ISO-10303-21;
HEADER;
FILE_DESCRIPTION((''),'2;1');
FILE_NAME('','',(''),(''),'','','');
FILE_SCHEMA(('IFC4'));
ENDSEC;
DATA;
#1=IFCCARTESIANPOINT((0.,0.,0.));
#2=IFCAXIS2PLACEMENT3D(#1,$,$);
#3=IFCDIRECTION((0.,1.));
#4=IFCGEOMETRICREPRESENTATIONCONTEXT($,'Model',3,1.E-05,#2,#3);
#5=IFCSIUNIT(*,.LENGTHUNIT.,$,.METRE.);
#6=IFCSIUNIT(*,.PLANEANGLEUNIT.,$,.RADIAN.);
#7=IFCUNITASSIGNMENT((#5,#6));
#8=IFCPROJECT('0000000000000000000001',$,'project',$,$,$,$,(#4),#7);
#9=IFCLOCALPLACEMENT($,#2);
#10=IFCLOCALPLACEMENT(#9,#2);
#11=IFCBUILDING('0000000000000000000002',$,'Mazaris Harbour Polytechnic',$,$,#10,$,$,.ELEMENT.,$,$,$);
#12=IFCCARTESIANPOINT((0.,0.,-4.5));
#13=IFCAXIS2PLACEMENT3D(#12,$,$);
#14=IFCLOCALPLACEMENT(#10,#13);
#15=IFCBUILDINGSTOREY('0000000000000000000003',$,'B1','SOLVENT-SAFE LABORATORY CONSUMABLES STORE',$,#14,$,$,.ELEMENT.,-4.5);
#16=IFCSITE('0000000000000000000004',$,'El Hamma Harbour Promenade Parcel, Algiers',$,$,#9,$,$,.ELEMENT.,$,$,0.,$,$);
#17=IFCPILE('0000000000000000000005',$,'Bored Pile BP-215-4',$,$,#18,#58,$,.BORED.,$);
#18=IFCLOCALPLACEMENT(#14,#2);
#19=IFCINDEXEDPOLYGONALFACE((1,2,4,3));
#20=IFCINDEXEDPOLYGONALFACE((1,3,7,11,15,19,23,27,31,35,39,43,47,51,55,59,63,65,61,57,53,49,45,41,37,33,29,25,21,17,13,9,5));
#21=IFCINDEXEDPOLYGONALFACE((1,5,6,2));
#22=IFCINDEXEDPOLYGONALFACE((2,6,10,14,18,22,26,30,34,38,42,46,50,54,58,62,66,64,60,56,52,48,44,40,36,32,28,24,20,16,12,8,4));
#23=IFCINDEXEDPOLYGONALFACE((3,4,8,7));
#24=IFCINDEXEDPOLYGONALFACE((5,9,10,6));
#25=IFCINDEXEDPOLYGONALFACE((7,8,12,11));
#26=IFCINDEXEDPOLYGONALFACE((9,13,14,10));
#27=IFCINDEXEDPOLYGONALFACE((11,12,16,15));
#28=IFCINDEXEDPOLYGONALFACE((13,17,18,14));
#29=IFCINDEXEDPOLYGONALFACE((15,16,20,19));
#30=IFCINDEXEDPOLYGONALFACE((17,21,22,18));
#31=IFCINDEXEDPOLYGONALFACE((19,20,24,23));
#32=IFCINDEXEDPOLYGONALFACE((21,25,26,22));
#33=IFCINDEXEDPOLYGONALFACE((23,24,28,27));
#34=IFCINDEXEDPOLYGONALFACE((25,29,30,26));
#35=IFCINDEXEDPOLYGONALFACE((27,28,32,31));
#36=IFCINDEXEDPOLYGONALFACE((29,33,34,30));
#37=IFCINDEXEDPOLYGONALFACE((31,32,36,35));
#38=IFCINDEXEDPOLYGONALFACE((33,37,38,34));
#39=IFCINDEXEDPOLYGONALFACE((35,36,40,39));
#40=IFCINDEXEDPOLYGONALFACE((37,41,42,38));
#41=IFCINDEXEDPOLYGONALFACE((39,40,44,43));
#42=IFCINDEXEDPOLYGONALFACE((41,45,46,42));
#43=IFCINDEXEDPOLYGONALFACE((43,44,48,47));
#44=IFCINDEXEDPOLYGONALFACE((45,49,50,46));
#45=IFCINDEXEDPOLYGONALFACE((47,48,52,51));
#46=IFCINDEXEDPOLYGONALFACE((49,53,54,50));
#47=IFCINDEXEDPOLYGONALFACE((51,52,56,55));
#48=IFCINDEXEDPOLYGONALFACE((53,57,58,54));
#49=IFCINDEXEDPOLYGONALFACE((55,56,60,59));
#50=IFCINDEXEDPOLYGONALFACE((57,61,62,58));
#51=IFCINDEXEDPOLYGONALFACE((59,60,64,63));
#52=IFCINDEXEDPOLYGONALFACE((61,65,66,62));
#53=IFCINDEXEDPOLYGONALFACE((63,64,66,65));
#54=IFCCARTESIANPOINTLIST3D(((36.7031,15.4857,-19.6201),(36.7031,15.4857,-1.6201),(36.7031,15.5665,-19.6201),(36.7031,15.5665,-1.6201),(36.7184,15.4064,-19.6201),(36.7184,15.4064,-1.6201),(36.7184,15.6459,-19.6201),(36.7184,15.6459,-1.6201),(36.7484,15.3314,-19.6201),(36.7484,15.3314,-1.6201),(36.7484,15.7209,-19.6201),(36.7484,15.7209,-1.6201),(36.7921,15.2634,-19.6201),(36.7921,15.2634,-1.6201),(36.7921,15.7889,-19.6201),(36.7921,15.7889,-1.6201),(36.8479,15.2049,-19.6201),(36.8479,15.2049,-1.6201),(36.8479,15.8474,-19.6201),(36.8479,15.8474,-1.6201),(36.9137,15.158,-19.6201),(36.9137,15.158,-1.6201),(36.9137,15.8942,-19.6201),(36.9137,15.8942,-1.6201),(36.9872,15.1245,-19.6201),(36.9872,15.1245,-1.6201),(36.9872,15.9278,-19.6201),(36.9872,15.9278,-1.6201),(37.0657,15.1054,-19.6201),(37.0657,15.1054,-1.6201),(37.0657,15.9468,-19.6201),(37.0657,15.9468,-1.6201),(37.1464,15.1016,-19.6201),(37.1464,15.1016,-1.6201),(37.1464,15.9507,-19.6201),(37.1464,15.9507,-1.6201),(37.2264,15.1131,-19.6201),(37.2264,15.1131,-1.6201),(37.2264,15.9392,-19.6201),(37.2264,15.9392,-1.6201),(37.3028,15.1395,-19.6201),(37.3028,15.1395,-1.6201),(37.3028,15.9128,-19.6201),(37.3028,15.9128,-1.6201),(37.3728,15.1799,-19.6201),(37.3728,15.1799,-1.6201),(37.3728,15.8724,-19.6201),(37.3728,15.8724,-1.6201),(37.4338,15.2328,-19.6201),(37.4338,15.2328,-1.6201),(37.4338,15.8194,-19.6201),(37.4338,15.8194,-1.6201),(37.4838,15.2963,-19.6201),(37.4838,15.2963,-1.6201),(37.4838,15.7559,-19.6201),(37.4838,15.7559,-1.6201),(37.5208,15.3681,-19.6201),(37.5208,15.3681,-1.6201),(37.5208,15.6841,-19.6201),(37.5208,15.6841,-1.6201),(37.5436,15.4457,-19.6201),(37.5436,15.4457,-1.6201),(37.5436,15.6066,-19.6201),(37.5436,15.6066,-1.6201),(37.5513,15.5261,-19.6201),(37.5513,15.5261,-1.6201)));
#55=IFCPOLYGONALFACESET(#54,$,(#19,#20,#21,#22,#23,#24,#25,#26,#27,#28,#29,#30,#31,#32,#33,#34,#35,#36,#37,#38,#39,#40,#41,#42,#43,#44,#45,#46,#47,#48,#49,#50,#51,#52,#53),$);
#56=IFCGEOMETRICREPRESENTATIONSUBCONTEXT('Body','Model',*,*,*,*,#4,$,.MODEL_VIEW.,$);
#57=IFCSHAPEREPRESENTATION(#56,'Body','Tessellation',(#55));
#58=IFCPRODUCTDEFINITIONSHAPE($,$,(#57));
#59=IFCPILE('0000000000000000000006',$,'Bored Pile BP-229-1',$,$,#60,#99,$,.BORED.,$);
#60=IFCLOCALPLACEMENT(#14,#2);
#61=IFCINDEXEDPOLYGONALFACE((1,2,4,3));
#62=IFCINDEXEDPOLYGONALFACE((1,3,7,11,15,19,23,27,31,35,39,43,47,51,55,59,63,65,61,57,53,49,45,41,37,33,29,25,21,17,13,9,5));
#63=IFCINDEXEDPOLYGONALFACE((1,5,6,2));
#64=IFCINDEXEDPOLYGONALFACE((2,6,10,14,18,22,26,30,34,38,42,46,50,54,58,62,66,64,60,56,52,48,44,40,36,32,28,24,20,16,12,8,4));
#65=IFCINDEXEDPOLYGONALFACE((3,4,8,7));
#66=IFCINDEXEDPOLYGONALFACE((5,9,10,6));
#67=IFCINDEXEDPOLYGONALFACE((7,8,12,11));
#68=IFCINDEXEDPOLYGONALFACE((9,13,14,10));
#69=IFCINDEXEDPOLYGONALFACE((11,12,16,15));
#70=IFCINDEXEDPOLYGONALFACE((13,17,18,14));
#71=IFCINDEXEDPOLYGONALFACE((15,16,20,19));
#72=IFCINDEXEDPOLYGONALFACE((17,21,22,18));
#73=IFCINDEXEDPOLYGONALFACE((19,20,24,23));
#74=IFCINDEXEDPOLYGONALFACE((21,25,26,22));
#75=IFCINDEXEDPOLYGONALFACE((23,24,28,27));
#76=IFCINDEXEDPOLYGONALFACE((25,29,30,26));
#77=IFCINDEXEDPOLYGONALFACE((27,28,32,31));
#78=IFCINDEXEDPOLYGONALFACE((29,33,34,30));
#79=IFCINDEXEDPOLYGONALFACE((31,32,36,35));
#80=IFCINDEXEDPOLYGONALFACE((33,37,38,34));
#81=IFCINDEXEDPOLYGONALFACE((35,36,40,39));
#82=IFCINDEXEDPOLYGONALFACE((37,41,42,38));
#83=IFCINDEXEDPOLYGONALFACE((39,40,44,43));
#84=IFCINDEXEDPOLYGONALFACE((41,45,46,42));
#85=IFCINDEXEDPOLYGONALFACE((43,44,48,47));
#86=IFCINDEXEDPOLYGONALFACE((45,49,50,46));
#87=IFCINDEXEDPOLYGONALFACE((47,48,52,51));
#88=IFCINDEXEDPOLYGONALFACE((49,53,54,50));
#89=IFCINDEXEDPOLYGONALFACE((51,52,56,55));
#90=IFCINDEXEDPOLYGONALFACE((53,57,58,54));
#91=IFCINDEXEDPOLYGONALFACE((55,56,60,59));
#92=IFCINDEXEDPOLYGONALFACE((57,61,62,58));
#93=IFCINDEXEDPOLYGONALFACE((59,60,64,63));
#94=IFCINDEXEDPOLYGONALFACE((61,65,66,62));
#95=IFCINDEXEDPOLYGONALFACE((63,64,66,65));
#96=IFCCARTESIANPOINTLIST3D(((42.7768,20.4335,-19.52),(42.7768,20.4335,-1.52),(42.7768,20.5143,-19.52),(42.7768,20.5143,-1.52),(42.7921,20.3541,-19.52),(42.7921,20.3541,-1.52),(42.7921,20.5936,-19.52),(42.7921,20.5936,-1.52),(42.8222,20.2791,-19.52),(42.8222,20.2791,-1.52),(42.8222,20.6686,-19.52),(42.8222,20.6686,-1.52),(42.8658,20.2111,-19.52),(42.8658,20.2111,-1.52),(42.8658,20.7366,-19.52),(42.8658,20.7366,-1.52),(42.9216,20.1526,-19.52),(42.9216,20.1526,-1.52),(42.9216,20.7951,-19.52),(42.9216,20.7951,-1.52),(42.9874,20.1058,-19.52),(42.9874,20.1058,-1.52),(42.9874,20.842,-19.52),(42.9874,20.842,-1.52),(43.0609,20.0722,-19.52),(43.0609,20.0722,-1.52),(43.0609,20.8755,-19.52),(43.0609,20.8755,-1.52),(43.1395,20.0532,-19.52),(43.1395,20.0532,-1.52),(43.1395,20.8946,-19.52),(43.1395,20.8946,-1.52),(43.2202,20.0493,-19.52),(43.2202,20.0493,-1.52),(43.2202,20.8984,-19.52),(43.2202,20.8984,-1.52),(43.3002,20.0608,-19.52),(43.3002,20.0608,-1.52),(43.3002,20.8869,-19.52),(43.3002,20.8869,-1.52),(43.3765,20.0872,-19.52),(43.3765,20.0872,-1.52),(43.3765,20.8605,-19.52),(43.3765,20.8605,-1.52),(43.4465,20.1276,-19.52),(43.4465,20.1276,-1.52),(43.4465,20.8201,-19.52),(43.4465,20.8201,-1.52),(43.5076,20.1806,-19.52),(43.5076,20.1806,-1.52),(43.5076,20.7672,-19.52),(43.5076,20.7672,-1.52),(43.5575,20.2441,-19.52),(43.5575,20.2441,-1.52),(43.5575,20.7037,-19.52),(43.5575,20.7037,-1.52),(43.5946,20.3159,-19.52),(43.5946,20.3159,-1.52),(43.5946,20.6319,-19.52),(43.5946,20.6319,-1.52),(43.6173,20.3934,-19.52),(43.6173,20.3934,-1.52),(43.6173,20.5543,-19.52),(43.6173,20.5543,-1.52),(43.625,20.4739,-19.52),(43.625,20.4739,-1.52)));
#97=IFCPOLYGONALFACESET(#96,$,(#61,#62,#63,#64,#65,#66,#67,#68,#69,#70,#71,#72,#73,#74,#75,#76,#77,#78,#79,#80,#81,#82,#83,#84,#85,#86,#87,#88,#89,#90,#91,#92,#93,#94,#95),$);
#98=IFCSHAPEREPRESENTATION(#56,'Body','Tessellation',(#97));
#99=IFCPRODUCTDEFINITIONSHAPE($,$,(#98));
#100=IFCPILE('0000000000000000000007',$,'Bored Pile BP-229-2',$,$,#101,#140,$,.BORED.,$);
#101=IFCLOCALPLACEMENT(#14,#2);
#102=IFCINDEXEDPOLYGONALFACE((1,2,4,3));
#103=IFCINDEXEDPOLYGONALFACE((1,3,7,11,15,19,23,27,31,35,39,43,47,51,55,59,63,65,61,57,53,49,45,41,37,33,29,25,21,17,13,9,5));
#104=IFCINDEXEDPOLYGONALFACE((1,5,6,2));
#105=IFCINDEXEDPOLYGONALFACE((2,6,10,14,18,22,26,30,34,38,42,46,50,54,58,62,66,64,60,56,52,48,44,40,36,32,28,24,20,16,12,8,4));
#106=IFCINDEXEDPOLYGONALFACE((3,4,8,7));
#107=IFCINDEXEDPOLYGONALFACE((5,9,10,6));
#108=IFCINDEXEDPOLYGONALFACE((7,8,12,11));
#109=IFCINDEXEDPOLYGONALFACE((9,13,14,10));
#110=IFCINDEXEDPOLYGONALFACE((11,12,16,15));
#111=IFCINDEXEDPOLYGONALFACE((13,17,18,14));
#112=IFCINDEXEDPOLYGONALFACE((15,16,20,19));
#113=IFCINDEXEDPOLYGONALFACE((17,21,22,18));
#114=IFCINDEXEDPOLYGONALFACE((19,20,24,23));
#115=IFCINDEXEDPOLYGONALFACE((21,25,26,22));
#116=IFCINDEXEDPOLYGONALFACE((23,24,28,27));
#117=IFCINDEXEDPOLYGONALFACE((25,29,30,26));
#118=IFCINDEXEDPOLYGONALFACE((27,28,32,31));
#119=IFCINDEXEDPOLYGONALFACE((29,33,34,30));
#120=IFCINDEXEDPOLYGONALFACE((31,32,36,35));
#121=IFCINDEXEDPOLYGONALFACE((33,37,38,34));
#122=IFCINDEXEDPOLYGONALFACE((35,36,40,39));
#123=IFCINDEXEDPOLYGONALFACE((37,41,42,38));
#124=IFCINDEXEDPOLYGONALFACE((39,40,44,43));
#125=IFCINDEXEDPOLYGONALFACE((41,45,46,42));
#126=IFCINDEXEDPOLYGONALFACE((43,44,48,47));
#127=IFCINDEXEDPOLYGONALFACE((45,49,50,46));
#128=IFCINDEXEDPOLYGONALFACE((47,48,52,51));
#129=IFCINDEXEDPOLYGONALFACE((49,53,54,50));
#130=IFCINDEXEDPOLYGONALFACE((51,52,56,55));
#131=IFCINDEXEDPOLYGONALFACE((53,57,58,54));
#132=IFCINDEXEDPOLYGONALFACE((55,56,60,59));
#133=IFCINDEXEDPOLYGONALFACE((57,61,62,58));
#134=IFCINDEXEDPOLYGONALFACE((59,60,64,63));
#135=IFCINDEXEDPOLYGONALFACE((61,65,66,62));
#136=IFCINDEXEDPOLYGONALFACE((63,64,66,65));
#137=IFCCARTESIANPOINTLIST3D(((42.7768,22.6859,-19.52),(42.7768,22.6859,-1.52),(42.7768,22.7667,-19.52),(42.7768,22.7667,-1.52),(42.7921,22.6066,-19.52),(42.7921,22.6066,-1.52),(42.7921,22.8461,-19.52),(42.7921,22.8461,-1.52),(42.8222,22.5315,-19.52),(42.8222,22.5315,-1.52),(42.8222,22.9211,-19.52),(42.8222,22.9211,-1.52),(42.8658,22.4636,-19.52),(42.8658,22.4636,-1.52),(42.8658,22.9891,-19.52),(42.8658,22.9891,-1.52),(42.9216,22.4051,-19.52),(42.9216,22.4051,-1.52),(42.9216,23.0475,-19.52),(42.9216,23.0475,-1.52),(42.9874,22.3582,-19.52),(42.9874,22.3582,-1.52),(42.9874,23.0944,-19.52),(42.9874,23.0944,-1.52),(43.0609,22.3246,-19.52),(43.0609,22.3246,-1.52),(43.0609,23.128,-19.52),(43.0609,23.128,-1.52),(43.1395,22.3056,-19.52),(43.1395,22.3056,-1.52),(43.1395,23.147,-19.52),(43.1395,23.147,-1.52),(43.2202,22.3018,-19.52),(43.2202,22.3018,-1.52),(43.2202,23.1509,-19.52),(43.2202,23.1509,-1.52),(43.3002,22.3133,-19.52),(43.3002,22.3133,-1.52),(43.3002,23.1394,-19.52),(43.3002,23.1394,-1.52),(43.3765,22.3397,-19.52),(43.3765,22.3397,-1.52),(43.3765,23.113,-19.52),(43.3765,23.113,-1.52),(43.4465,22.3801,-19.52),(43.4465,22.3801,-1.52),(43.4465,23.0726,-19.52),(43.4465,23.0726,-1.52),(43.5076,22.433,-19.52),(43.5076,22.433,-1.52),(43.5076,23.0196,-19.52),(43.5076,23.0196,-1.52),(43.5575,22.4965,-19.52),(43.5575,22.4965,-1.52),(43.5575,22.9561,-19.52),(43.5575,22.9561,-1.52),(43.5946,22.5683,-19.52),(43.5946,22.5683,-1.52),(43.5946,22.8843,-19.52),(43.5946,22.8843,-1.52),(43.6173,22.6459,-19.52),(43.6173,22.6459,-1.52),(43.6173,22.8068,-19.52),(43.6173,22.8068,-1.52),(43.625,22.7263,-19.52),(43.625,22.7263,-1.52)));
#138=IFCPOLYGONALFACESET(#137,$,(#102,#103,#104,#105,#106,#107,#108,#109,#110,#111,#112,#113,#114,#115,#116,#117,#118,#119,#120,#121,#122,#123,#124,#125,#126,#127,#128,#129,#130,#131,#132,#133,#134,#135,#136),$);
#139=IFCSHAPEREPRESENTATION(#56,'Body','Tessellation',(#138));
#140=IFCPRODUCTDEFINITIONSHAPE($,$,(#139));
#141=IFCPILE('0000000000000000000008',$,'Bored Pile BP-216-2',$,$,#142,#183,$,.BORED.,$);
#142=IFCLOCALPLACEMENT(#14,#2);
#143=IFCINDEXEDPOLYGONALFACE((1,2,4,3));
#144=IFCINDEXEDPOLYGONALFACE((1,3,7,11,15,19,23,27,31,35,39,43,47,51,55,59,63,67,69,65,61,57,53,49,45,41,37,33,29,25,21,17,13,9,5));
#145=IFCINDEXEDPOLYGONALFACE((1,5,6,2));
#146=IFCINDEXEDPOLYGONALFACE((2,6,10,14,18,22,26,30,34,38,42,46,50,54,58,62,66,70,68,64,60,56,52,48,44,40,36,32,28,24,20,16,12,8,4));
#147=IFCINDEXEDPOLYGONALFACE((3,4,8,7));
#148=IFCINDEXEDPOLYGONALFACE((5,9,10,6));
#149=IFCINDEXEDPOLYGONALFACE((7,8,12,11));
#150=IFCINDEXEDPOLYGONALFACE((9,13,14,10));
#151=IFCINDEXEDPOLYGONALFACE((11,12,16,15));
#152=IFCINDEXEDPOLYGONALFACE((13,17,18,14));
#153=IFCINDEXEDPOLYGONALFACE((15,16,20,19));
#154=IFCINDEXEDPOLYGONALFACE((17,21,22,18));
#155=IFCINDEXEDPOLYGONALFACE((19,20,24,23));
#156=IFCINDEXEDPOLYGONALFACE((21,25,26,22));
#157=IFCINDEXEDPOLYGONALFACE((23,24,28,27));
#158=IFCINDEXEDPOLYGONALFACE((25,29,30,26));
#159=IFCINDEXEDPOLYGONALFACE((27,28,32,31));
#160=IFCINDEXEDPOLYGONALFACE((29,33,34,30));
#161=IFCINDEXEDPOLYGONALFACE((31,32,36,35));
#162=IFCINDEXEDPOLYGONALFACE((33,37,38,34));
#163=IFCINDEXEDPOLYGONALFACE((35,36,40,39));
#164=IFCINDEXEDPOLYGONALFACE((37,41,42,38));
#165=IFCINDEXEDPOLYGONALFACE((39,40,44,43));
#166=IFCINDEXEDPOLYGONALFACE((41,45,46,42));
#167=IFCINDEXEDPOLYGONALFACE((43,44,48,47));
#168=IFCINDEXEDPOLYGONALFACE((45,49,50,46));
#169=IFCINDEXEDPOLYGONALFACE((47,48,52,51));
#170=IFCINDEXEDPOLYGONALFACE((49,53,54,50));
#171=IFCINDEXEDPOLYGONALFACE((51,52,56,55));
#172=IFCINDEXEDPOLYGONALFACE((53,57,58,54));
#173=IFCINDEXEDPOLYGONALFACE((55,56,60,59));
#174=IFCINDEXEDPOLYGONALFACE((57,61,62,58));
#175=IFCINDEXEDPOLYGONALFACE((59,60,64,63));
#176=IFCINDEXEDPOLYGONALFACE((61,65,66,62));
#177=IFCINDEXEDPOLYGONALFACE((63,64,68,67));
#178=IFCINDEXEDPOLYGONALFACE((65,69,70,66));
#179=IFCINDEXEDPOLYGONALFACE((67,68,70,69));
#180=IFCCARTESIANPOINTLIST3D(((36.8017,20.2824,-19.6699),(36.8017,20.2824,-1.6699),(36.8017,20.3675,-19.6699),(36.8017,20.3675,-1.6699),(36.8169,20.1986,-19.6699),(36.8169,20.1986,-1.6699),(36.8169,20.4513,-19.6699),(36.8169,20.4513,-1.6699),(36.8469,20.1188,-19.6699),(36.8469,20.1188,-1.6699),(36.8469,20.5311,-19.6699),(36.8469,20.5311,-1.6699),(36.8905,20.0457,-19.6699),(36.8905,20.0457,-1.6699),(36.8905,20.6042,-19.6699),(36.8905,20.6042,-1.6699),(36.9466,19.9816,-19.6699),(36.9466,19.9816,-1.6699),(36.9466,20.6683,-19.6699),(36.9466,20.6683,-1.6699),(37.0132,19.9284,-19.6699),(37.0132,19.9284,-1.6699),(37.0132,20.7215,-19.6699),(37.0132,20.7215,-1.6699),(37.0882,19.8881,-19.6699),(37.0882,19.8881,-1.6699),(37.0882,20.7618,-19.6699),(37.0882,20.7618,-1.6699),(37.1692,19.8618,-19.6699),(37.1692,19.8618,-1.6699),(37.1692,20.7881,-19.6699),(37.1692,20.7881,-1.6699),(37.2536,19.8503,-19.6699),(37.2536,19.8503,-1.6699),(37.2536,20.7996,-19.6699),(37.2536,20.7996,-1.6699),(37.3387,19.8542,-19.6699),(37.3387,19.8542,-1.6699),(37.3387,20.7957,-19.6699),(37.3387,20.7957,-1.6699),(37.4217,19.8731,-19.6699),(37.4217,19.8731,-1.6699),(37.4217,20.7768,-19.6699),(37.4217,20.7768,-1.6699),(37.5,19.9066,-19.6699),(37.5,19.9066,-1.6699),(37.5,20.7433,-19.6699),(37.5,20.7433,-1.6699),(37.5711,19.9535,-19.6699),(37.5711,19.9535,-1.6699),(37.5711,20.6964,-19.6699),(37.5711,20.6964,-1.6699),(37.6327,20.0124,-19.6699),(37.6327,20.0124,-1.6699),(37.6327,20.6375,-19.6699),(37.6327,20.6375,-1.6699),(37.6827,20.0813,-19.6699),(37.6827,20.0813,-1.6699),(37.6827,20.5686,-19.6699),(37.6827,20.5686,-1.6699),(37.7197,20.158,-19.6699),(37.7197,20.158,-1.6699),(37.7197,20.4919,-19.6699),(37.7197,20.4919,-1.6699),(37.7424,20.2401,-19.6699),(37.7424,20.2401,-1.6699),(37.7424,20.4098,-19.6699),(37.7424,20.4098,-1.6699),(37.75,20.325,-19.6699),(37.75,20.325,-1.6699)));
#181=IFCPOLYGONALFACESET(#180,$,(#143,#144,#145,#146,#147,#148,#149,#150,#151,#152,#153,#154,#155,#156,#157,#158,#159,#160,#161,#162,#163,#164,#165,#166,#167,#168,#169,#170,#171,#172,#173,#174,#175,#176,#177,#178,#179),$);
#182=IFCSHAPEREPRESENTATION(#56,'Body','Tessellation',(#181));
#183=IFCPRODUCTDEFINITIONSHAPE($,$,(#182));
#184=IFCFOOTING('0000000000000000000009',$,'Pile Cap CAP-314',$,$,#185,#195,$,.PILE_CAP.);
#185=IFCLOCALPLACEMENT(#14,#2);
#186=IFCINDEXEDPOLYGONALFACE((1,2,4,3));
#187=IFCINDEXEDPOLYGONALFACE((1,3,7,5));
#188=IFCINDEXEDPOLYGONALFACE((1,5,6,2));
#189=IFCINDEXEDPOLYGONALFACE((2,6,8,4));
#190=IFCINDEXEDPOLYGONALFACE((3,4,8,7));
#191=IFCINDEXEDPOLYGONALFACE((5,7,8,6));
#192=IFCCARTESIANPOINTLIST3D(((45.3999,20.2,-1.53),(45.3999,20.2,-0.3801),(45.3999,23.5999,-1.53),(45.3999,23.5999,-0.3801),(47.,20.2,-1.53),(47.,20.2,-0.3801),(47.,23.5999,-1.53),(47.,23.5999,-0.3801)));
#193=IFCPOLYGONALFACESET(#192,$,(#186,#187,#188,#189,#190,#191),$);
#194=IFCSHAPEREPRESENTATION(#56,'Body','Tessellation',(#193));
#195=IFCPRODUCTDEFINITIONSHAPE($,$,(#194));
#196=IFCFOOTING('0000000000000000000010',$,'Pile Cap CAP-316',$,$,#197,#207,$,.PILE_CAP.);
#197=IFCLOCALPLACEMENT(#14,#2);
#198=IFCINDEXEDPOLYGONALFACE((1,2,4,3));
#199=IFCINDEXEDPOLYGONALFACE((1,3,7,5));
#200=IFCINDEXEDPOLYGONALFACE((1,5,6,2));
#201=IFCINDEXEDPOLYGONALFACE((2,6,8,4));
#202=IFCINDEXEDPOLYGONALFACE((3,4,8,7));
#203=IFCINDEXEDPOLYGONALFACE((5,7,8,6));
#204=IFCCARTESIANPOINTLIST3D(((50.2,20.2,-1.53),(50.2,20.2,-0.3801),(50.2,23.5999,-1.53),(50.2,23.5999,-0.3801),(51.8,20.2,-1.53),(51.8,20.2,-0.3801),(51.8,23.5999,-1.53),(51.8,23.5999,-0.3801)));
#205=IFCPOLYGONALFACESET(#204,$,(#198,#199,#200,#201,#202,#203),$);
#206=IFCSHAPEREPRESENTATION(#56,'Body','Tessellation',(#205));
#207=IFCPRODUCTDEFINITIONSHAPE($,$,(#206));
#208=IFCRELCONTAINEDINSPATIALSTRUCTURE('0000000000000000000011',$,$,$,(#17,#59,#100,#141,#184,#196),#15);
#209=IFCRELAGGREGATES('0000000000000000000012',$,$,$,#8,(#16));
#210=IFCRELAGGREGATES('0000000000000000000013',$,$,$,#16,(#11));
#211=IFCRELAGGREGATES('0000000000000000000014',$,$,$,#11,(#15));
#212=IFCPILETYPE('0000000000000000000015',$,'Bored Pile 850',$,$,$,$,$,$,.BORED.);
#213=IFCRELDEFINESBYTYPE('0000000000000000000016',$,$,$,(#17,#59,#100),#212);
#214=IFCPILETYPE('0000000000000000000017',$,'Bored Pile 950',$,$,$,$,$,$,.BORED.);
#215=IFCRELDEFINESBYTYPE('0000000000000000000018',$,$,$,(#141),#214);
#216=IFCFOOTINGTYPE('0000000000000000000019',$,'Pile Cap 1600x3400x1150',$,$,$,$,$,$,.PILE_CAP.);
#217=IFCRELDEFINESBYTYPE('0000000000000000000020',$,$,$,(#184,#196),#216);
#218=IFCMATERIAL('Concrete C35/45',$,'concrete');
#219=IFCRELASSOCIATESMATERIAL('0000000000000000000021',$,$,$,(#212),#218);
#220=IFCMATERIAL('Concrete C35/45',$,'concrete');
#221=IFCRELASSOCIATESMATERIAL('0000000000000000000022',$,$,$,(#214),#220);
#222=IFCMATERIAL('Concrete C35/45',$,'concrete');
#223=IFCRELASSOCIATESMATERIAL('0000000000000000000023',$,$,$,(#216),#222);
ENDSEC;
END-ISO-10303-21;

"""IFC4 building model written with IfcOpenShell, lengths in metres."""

from ifc_helpers import new_model, si_unit, direction, frame, origin, origin_2d, place, context, subcontext, project, spatial, rectangle, circle, extrude, material, material_profile, profile_set, type_object, element, save


model = new_model("IFC4")

# Units and contexts
model_context = context("Model", 3, precision=1e-05, world=origin(), true_north=direction((0.0, 1.0)))
body_context = subcontext(model_context, "Body", "Model", "MODEL_VIEW")
ifc_project = project(units=[si_unit("LENGTHUNIT", "METRE"), si_unit("PLANEANGLEUNIT", "RADIAN")], contexts=[model_context])

# Site, building, storey
site_placement = place(None, origin())
site = spatial("IfcSite", under=ifc_project, at=site_placement, Name="El Hamma Harbour Promenade Parcel, Algiers", CompositionType="ELEMENT", RefElevation=0.0)
building_placement = place(site_placement, origin())
building = spatial("IfcBuilding", under=site, at=building_placement, Name="Mazaris Harbour Polytechnic", CompositionType="ELEMENT")
storey_placement = place(building_placement, frame((0.0, 0.0, -4.5)))
storey = spatial("IfcBuildingStorey", under=building, at=storey_placement, Name="B1", Description="SOLVENT-SAFE LABORATORY CONSUMABLES STORE", CompositionType="ELEMENT", Elevation=-4.5)

# Piles
ifc_material_1 = material(Name="Concrete C35/45", Category="concrete")
ifc_material_profile_1 = material_profile(ifc_material_1, circle(Radius=0.425, at=origin_2d()), Name="DIA850")
ifc_profile_set_1 = profile_set([ifc_material_profile_1], Name="Concrete C35/45")
pile_type_1 = type_object("IfcPileType", Name="Bored Pile 850", PredefinedType="BORED", material=ifc_profile_set_1)
for number, where, z_axis, x_axis, name in (
    (1, (37.1262, 15.5261, -1.6201), (0.0, 0.0, -1.0), (1.0, 0.0, 0.0), "Bored Pile BP-215-4"),
    (2, (43.2, 20.4739, -1.52), (0.0, 0.0, -1.0), (1.0, 0.0, 0.0), "Bored Pile BP-229-1"),
    (3, (43.2, 22.7263, -1.52), (0.0, 0.0, -1.0), (1.0, 0.0, 0.0), "Bored Pile BP-229-2"),
):
    element("IfcPile", number, at=place(storey_placement, frame(where, z_axis=z_axis, x_axis=x_axis)), inside=storey, type_object=pile_type_1, Name=name, PredefinedType="BORED", context=body_context, shape_type="SweptSolid", body=[
        extrude(circle(Radius=0.425, at=origin_2d()), origin(), (0.0, 0.0, 1.0), 18.0),
    ])
ifc_material_2 = material(Name="Concrete C35/45", Category="concrete")
ifc_material_profile_2 = material_profile(ifc_material_2, circle(Radius=0.4751, at=origin_2d()), Name="DIA950")
ifc_profile_set_2 = profile_set([ifc_material_profile_2], Name="Concrete C35/45")
pile_type_2 = type_object("IfcPileType", Name="Bored Pile 950", PredefinedType="BORED", material=ifc_profile_set_2)
pile_placement = place(storey_placement, frame((37.2749, 20.325, -1.6699), z_axis=(0.0, 0.0, -1.0), x_axis=(1.0, 0.0, 0.0)))
element("IfcPile", 4, at=pile_placement, inside=storey, type_object=pile_type_2, Name="Bored Pile BP-216-2", PredefinedType="BORED", context=body_context, shape_type="SweptSolid", body=[
    extrude(circle(Radius=0.4751, at=origin_2d()), origin(), (0.0, 0.0, 1.0), 18.0),
])

# Footings
ifc_material_3 = material(Name="Concrete C35/45", Category="concrete")
footing_type_1 = type_object("IfcFootingType", Name="Pile Cap 1600x3400x1150", PredefinedType="PILE_CAP", material=ifc_material_3)
for number, where, z_axis, x_axis, name in (
    (5, (46.2, 21.8999, -1.53), (0.0, 0.0, 1.0), (1.0, 0.0, 0.0), "Pile Cap CAP-314"),
    (6, (51.0, 21.8999, -1.53), (0.0, 0.0, 1.0), (1.0, 0.0, 0.0), "Pile Cap CAP-316"),
):
    element("IfcFooting", number, at=place(storey_placement, frame(where, z_axis=z_axis, x_axis=x_axis)), inside=storey, type_object=footing_type_1, Name=name, PredefinedType="PILE_CAP", context=body_context, shape_type="SweptSolid", body=[
        extrude(rectangle(XDim=1.6001, YDim=3.3999, at=origin_2d()), origin(), (0.0, 0.0, 1.0), 1.1499),
    ])

save(model, "model.ifc")
